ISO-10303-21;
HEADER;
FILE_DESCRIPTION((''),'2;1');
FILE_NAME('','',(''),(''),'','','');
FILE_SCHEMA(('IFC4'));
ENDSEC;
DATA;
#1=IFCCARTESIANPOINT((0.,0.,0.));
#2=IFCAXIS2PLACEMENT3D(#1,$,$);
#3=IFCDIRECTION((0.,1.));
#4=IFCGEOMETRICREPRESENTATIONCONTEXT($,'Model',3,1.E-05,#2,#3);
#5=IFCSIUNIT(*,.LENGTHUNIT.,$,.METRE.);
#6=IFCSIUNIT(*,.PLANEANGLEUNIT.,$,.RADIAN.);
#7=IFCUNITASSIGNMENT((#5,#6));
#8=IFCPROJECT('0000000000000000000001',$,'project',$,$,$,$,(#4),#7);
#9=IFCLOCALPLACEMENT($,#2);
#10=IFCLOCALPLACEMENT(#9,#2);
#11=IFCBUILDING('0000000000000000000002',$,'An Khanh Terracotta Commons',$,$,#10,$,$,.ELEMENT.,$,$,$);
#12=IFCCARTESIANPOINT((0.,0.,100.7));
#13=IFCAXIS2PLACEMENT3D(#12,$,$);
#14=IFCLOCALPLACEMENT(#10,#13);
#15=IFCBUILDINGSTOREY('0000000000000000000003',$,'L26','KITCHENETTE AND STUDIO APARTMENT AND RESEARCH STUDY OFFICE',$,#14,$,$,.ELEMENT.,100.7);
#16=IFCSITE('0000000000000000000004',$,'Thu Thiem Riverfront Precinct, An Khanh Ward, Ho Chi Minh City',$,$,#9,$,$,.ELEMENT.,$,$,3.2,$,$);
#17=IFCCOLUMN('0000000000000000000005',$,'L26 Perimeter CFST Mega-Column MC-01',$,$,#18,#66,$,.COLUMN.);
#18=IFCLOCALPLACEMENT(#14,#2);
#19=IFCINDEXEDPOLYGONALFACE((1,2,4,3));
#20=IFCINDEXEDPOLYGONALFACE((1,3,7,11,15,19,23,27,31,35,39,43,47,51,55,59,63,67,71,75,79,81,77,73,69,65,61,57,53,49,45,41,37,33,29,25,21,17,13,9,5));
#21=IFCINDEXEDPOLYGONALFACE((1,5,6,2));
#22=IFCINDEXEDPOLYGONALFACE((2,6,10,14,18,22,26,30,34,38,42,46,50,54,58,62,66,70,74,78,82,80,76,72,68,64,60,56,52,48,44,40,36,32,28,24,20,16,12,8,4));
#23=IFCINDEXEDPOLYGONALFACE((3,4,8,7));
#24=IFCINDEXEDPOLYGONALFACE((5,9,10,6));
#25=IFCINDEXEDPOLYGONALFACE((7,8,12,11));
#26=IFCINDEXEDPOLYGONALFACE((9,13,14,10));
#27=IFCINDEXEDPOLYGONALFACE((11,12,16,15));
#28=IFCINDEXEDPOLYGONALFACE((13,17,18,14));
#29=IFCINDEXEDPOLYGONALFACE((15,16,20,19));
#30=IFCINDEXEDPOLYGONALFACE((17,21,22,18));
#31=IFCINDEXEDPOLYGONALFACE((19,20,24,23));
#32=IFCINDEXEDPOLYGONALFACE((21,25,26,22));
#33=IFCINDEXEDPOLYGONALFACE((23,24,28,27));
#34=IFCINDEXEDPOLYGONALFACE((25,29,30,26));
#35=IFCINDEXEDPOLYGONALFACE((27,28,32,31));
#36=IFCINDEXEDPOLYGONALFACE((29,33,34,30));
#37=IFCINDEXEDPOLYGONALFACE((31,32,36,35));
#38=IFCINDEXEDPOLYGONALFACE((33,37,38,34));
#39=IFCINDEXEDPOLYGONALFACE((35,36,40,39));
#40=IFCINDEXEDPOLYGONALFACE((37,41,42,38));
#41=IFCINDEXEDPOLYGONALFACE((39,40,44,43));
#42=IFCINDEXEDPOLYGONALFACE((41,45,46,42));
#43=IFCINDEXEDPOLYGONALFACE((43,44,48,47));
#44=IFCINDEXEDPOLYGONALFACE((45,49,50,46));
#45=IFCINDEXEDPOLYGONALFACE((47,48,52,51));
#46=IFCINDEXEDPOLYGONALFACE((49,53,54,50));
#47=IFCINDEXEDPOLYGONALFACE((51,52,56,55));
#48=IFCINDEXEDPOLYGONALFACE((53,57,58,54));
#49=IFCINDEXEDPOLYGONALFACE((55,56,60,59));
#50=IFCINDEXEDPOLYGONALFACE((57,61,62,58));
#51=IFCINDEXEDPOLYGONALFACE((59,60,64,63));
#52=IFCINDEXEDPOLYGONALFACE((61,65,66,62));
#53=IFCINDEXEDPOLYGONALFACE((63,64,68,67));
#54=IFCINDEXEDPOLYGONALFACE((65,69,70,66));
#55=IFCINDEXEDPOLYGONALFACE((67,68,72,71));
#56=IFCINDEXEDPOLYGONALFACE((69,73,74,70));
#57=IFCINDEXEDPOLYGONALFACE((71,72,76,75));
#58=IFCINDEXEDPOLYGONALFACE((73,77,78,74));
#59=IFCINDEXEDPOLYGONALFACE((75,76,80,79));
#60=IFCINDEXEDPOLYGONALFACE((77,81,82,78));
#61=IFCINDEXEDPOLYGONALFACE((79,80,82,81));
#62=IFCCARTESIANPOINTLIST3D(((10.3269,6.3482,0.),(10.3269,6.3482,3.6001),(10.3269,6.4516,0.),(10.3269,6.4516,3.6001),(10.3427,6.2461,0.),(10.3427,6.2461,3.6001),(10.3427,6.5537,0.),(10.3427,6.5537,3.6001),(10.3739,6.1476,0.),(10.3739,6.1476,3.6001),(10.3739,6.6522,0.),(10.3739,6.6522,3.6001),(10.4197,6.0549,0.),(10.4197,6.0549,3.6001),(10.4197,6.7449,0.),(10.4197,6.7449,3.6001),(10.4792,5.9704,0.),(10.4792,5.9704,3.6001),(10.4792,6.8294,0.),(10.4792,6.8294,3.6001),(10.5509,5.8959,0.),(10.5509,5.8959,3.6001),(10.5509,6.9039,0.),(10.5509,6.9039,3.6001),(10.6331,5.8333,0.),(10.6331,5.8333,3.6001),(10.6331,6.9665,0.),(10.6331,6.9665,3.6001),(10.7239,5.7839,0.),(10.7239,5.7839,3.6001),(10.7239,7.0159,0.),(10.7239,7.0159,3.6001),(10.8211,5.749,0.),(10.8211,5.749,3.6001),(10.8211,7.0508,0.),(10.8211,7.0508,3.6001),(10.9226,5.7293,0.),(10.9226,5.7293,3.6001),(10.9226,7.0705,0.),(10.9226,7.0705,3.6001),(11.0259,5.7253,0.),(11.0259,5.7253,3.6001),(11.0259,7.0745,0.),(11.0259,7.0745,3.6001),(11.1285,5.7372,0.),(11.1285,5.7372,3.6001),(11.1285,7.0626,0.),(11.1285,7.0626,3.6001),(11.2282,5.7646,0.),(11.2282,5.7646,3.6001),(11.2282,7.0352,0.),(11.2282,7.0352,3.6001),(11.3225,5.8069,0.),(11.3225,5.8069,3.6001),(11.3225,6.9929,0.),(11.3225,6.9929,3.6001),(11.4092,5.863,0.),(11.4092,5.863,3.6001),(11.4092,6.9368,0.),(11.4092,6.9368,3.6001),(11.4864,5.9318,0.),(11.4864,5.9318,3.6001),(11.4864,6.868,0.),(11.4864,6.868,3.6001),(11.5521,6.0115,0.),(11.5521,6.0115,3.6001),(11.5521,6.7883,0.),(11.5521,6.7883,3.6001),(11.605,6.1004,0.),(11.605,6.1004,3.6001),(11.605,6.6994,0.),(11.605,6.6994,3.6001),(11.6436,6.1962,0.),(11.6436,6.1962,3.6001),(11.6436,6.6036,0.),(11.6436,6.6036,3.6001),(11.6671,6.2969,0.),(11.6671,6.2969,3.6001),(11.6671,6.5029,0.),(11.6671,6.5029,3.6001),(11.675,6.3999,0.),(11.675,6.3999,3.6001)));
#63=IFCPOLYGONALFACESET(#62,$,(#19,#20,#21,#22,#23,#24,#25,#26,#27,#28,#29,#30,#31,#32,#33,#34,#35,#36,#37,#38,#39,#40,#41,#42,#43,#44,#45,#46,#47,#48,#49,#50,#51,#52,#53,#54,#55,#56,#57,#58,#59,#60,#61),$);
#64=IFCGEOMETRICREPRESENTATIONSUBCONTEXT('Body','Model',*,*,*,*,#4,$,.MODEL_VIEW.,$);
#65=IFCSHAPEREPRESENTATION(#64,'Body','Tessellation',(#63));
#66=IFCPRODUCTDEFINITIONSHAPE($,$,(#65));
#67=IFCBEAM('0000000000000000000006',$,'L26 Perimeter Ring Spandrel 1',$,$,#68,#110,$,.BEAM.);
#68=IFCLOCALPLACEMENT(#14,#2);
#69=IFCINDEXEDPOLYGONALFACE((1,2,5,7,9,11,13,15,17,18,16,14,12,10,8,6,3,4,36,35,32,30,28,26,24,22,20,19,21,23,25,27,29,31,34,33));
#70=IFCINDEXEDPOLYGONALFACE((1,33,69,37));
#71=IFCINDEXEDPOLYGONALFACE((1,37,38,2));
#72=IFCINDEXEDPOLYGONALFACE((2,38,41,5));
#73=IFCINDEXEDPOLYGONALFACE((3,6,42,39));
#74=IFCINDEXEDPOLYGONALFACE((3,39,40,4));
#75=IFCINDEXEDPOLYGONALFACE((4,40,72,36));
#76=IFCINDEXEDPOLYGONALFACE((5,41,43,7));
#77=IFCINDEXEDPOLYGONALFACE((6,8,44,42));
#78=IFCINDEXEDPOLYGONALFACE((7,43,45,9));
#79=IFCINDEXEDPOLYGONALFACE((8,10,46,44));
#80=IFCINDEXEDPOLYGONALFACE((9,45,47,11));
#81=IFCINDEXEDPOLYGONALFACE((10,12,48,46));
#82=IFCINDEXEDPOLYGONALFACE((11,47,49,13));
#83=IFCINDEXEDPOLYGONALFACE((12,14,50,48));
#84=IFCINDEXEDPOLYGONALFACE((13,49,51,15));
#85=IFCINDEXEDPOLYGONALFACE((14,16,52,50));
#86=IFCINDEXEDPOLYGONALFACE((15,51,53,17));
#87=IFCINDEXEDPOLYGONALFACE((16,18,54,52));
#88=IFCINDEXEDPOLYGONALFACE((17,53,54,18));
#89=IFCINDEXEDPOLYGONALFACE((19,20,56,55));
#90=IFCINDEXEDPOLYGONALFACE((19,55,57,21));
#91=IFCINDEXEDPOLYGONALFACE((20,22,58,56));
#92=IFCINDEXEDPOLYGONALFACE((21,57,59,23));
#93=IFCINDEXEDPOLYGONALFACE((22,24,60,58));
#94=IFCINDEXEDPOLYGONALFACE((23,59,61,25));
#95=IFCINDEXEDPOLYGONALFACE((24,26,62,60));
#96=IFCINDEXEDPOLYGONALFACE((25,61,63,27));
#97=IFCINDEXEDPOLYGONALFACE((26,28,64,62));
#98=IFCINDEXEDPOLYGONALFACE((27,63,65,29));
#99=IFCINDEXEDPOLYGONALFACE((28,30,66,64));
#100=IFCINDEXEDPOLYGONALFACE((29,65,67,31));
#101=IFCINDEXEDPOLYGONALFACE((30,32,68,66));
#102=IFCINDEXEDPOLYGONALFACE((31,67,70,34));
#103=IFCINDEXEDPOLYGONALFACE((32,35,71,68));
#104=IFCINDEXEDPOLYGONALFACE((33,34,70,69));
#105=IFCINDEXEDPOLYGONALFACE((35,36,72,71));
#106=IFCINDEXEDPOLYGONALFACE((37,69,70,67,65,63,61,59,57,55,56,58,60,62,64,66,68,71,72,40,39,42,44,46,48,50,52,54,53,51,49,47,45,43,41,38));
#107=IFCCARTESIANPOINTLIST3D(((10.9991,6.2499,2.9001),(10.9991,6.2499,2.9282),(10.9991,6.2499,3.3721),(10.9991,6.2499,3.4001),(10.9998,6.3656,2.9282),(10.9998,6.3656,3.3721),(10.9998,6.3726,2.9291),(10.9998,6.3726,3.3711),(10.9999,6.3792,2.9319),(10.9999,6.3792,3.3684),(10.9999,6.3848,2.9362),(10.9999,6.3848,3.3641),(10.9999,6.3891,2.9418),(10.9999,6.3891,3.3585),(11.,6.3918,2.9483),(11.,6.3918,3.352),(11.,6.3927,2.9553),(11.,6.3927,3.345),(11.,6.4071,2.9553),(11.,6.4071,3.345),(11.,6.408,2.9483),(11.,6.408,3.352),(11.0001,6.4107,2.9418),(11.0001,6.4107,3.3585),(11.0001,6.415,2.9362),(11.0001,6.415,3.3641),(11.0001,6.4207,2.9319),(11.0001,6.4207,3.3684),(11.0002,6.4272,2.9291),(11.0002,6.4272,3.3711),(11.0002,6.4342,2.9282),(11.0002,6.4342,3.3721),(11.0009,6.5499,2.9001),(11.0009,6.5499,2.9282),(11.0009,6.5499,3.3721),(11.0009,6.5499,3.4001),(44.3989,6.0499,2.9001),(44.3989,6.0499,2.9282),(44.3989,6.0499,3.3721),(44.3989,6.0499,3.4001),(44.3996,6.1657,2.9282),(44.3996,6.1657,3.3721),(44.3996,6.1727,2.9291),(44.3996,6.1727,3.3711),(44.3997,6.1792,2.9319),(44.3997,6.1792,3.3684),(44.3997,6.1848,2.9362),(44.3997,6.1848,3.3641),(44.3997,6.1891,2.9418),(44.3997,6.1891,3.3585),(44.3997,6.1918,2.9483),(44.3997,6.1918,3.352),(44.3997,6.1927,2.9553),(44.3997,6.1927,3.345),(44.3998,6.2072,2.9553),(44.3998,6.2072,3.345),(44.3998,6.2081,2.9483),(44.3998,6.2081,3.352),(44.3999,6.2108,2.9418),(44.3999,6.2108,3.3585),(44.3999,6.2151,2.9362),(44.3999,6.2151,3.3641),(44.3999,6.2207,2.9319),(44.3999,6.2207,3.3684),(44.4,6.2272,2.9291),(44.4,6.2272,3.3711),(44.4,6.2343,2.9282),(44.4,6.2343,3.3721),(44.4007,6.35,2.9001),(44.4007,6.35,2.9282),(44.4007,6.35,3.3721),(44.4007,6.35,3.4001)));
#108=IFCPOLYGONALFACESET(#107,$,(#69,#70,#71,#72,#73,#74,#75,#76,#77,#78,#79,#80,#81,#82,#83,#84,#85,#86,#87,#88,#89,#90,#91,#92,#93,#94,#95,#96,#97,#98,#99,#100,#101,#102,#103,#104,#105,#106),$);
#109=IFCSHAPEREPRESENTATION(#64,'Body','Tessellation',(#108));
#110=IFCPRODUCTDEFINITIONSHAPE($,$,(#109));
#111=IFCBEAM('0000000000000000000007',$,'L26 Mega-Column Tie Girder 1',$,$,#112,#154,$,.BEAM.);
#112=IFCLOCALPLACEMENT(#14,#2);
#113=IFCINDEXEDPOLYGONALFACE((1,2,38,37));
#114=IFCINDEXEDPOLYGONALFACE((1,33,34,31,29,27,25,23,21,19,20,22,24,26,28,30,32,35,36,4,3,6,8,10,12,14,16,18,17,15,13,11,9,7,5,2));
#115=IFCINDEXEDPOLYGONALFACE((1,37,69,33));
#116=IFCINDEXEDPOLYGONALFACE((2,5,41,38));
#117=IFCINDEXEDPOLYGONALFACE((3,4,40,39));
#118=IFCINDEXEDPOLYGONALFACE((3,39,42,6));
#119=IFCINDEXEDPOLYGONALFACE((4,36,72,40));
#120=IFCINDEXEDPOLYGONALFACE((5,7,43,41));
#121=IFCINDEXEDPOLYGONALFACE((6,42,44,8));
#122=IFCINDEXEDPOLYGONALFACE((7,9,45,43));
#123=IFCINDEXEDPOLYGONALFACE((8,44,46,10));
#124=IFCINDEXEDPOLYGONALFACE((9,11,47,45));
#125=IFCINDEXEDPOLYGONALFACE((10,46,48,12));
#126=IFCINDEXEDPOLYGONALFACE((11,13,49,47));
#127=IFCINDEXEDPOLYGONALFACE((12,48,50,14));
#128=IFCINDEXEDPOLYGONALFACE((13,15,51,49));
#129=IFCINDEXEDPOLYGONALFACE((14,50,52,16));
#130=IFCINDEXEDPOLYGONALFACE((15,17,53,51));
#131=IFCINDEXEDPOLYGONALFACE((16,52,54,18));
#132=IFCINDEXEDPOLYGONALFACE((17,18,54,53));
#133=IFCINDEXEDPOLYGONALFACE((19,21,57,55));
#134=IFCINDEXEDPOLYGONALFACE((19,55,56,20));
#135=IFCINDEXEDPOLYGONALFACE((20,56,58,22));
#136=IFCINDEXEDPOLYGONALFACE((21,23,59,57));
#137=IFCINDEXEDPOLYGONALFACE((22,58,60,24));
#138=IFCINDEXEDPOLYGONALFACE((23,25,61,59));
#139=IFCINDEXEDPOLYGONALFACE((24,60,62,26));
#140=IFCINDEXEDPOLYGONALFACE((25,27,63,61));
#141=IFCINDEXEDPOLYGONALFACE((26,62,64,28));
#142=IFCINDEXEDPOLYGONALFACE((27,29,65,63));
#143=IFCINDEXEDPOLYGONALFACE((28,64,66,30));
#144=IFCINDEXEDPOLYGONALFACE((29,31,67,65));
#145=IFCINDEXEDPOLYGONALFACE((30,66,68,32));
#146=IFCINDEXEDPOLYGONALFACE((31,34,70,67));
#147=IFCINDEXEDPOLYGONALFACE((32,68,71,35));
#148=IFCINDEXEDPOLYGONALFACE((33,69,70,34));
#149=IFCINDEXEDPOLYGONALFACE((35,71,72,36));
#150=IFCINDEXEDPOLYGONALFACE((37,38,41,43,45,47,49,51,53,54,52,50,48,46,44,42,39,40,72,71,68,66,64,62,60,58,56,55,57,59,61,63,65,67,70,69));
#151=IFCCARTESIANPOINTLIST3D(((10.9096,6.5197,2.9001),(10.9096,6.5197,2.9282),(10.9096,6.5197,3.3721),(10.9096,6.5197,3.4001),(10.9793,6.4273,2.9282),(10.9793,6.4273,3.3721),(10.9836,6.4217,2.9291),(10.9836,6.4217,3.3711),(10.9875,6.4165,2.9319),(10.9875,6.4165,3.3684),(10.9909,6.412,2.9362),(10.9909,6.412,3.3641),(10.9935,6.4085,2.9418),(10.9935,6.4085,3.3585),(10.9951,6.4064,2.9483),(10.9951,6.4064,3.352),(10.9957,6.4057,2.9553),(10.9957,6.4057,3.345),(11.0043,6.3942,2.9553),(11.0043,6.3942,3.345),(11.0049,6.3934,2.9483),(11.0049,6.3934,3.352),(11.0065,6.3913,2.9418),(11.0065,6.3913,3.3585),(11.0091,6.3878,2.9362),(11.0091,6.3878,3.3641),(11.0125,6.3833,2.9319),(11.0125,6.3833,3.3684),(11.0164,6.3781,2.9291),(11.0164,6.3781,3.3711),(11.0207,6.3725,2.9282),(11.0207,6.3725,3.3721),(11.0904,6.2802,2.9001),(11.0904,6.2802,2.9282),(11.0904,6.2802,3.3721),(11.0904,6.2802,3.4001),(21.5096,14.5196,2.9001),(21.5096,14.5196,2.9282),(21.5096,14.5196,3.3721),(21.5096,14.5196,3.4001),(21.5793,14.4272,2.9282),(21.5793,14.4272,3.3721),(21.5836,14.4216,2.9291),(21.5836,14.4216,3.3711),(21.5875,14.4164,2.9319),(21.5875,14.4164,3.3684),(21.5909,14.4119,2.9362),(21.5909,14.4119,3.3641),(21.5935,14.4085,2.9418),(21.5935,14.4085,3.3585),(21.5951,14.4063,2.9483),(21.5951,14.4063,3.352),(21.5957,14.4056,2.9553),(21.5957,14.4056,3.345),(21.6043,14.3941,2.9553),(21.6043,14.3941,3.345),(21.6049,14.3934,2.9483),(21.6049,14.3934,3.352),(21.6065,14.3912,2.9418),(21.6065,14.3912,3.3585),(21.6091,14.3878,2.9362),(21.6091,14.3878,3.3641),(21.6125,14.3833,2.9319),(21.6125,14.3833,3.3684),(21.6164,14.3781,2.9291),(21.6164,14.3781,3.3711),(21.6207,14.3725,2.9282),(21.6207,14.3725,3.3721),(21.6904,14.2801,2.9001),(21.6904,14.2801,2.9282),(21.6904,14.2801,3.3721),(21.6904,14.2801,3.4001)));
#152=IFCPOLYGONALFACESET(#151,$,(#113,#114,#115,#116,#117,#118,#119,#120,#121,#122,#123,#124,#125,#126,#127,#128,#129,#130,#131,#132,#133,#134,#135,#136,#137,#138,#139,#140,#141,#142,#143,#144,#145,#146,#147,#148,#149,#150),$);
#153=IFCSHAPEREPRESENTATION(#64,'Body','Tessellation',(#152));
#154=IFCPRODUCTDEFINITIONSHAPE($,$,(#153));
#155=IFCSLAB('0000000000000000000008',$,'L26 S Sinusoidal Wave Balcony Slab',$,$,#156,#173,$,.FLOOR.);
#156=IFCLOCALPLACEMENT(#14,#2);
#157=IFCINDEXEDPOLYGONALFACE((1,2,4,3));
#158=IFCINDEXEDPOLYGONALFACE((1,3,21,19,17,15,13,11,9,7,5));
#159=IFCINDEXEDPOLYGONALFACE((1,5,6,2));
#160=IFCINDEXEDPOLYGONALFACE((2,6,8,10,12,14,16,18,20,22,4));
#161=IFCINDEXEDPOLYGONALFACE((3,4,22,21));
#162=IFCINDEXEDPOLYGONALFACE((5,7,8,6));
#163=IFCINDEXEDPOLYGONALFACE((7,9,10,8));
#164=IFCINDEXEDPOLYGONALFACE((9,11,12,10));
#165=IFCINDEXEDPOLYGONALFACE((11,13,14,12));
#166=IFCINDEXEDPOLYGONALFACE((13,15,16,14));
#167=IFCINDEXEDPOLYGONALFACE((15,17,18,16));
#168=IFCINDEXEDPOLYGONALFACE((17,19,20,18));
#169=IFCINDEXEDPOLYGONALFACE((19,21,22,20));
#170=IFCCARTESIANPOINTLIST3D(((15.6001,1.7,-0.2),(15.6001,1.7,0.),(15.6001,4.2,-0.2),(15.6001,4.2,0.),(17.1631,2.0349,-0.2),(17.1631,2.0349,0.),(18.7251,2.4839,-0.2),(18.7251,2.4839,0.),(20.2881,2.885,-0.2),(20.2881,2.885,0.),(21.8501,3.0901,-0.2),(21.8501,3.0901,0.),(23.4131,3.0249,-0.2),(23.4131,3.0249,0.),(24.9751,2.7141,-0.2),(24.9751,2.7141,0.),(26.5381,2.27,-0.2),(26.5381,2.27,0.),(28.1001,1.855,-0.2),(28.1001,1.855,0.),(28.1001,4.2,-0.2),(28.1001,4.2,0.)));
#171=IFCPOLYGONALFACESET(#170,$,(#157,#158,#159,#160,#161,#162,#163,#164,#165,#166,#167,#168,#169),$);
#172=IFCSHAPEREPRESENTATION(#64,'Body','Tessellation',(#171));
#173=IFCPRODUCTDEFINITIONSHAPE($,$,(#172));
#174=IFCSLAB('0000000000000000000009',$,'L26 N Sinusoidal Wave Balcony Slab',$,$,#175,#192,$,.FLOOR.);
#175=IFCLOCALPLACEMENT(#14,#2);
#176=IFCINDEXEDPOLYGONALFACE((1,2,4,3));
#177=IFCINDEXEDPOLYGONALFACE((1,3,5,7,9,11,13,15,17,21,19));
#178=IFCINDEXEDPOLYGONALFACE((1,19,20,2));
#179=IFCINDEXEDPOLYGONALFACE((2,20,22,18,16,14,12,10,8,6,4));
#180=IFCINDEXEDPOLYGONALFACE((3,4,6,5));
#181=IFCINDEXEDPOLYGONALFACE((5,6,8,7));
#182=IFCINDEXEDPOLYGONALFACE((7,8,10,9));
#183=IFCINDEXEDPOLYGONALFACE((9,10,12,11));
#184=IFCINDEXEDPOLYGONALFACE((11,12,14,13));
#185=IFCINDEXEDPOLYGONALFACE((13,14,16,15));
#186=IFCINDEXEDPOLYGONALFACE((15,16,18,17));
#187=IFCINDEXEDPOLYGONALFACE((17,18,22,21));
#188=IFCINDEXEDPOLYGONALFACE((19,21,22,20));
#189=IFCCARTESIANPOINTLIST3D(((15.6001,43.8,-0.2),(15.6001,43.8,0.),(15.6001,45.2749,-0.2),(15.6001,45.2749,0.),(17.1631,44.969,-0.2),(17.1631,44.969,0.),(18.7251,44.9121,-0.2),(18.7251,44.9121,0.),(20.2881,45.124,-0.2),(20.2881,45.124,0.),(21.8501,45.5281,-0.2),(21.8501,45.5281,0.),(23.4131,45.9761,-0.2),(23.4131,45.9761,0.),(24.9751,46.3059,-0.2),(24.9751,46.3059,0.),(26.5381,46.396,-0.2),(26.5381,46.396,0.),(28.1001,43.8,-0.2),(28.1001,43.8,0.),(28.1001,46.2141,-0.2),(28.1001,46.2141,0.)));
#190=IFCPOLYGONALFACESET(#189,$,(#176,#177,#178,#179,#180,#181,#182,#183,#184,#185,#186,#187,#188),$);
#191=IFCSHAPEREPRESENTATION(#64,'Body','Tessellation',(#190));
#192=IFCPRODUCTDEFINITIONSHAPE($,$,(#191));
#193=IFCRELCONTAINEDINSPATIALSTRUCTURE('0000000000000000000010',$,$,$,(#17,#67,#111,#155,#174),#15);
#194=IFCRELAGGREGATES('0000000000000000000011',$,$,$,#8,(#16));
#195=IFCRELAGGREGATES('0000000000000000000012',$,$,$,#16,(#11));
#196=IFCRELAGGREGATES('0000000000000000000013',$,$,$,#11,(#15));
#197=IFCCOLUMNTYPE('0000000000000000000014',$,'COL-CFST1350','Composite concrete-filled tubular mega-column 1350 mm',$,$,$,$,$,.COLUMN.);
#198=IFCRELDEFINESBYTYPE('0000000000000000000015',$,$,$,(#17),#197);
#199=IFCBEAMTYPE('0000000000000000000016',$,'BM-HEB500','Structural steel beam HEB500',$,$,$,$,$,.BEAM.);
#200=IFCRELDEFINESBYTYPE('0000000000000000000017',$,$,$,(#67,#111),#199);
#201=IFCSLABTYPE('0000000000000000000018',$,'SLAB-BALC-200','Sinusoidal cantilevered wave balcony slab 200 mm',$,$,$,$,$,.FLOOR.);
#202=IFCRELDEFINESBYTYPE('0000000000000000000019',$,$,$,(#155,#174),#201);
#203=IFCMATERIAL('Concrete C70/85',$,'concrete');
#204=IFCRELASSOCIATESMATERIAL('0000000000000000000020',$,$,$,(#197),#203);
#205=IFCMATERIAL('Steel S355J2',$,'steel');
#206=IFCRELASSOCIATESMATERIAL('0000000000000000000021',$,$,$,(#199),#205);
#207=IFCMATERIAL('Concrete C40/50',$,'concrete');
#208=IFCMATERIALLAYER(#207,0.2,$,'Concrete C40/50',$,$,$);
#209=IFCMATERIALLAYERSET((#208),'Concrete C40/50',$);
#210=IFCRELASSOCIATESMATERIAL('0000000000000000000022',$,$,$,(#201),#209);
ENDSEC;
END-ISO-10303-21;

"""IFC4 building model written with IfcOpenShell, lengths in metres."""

from ifc_helpers import new_model, si_unit, direction, frame, origin, origin_2d, place, context, subcontext, project, spatial, polyline, circle, i_section, outline, extrude, material, layer, layer_set, material_profile, profile_set, type_object, element, save


model = new_model("IFC4")

# Units and contexts
model_context = context("Model", 3, precision=1e-05, world=origin(), true_north=direction((0.0, 1.0)))
body_context = subcontext(model_context, "Body", "Model", "MODEL_VIEW")
ifc_project = project(units=[si_unit("LENGTHUNIT", "METRE"), si_unit("PLANEANGLEUNIT", "RADIAN")], contexts=[model_context])

# Site, building, storey
site_placement = place(None, origin())
site = spatial("IfcSite", under=ifc_project, at=site_placement, Name="Thu Thiem Riverfront Precinct, An Khanh Ward, Ho Chi Minh City", CompositionType="ELEMENT", RefElevation=3.2)
building_placement = place(site_placement, origin())
building = spatial("IfcBuilding", under=site, at=building_placement, Name="An Khanh Terracotta Commons", CompositionType="ELEMENT")
storey_placement = place(building_placement, frame((0.0, 0.0, 100.7)))
storey = spatial("IfcBuildingStorey", under=building, at=storey_placement, Name="L26", Description="KITCHENETTE AND STUDIO APARTMENT AND RESEARCH STUDY OFFICE", CompositionType="ELEMENT", Elevation=100.7)

# Column
ifc_material_1 = material(Name="Concrete C70/85", Category="concrete")
ifc_material_profile_1 = material_profile(ifc_material_1, circle(Radius=0.675, at=origin_2d()), Name="CFST1350")
ifc_profile_set_1 = profile_set([ifc_material_profile_1], Name="Concrete C70/85")
column_type = type_object("IfcColumnType", Name="COL-CFST1350", Description="Composite concrete-filled tubular mega-column 1350 mm", PredefinedType="COLUMN", material=ifc_profile_set_1)
column_placement = place(storey_placement, frame((11.0, 6.3999, 0.0), z_axis=(0.0, 0.0, 1.0), x_axis=(1.0, 0.0, 0.0)))
element("IfcColumn", 1, at=column_placement, inside=storey, type_object=column_type, Name="L26 Perimeter CFST Mega-Column MC-01", PredefinedType="COLUMN", context=body_context, shape_type="SweptSolid", body=[
    extrude(circle(Radius=0.675, at=origin_2d()), origin(), (0.0, 0.0, 1.0), 3.6001),
])

# Beams
ifc_material_2 = material(Name="Steel S355J2", Category="steel")
ifc_material_profile_2 = material_profile(ifc_material_2, i_section(OverallWidth=0.3, OverallDepth=0.5, WebThickness=0.0144, FlangeThickness=0.0281, FilletRadius=0.0271, at=origin_2d()), Name="HEB500")
ifc_profile_set_2 = profile_set([ifc_material_profile_2], Name="Steel S355J2")
beam_type = type_object("IfcBeamType", Name="BM-HEB500", Description="Structural steel beam HEB500", PredefinedType="BEAM", material=ifc_profile_set_2)
beam_1_placement = place(storey_placement, frame((11.0, 6.3999, 3.1501), z_axis=(0.999982, -0.005986, 0.0), x_axis=(0.005986, 0.999982, 0.0)))
element("IfcBeam", 2, at=beam_1_placement, inside=storey, type_object=beam_type, Name="L26 Perimeter Ring Spandrel 1", PredefinedType="BEAM", context=body_context, shape_type="SweptSolid", body=[
    extrude(i_section(OverallWidth=0.3, OverallDepth=0.5, WebThickness=0.0144, FlangeThickness=0.0281, FilletRadius=0.0271, at=origin_2d()), origin(), (0.0, 0.0, 1.0), 33.4004),
])
beam_2_placement = place(storey_placement, frame((11.0, 6.3999, 3.1501), z_axis=(0.798192, 0.602403, 0.0), x_axis=(-0.602403, 0.798192, 0.0)))
element("IfcBeam", 3, at=beam_2_placement, inside=storey, type_object=beam_type, Name="L26 Mega-Column Tie Girder 1", PredefinedType="BEAM", context=body_context, shape_type="SweptSolid", body=[
    extrude(i_section(OverallWidth=0.3, OverallDepth=0.5, WebThickness=0.0144, FlangeThickness=0.0281, FilletRadius=0.0271, at=origin_2d()), origin(), (0.0, 0.0, 1.0), 13.28),
])

# Slabs
ifc_material_3 = material(Name="Concrete C40/50", Category="concrete")
ifc_layer_1 = layer(ifc_material_3, 0.2, Name="Concrete C40/50")
ifc_layer_set_1 = layer_set([ifc_layer_1], Name="Concrete C40/50")
slab_type_1 = type_object("IfcSlabType", Name="SLAB-BALC-200", Description="Sinusoidal cantilevered wave balcony slab 200 mm", PredefinedType="FLOOR", material=ifc_layer_set_1)
slab_1_placement = place(storey_placement, frame((0.0, 0.0, -0.2)))
element("IfcSlab", 4, at=slab_1_placement, inside=storey, type_object=slab_type_1, Name="L26 S Sinusoidal Wave Balcony Slab", PredefinedType="FLOOR", context=body_context, shape_type="SweptSolid", body=[
    extrude(outline(polyline([(15.6001, 4.2), (15.6001, 1.7), (17.1631, 2.0349), (18.7251, 2.4839), (20.2881, 2.885), (21.8501, 3.0901), (23.4131, 3.0249), (24.9751, 2.7141), (26.5381, 2.27), (28.1001, 1.855), (28.1001, 4.2), (15.6001, 4.2)])), origin(), (0.0, 0.0, 1.0), 0.2),
])
slab_2_placement = place(storey_placement, frame((0.0, 0.0, -0.2)))
element("IfcSlab", 5, at=slab_2_placement, inside=storey, type_object=slab_type_1, Name="L26 N Sinusoidal Wave Balcony Slab", PredefinedType="FLOOR", context=body_context, shape_type="SweptSolid", body=[
    extrude(outline(polyline([(28.1001, 43.8), (28.1001, 46.2141), (26.5381, 46.396), (24.9751, 46.3059), (23.4131, 45.9761), (21.8501, 45.5281), (20.2881, 45.124), (18.7251, 44.9121), (17.1631, 44.969), (15.6001, 45.2749), (15.6001, 43.8), (28.1001, 43.8)])), origin(), (0.0, 0.0, 1.0), 0.2),
])

save(model, "model.ifc")
